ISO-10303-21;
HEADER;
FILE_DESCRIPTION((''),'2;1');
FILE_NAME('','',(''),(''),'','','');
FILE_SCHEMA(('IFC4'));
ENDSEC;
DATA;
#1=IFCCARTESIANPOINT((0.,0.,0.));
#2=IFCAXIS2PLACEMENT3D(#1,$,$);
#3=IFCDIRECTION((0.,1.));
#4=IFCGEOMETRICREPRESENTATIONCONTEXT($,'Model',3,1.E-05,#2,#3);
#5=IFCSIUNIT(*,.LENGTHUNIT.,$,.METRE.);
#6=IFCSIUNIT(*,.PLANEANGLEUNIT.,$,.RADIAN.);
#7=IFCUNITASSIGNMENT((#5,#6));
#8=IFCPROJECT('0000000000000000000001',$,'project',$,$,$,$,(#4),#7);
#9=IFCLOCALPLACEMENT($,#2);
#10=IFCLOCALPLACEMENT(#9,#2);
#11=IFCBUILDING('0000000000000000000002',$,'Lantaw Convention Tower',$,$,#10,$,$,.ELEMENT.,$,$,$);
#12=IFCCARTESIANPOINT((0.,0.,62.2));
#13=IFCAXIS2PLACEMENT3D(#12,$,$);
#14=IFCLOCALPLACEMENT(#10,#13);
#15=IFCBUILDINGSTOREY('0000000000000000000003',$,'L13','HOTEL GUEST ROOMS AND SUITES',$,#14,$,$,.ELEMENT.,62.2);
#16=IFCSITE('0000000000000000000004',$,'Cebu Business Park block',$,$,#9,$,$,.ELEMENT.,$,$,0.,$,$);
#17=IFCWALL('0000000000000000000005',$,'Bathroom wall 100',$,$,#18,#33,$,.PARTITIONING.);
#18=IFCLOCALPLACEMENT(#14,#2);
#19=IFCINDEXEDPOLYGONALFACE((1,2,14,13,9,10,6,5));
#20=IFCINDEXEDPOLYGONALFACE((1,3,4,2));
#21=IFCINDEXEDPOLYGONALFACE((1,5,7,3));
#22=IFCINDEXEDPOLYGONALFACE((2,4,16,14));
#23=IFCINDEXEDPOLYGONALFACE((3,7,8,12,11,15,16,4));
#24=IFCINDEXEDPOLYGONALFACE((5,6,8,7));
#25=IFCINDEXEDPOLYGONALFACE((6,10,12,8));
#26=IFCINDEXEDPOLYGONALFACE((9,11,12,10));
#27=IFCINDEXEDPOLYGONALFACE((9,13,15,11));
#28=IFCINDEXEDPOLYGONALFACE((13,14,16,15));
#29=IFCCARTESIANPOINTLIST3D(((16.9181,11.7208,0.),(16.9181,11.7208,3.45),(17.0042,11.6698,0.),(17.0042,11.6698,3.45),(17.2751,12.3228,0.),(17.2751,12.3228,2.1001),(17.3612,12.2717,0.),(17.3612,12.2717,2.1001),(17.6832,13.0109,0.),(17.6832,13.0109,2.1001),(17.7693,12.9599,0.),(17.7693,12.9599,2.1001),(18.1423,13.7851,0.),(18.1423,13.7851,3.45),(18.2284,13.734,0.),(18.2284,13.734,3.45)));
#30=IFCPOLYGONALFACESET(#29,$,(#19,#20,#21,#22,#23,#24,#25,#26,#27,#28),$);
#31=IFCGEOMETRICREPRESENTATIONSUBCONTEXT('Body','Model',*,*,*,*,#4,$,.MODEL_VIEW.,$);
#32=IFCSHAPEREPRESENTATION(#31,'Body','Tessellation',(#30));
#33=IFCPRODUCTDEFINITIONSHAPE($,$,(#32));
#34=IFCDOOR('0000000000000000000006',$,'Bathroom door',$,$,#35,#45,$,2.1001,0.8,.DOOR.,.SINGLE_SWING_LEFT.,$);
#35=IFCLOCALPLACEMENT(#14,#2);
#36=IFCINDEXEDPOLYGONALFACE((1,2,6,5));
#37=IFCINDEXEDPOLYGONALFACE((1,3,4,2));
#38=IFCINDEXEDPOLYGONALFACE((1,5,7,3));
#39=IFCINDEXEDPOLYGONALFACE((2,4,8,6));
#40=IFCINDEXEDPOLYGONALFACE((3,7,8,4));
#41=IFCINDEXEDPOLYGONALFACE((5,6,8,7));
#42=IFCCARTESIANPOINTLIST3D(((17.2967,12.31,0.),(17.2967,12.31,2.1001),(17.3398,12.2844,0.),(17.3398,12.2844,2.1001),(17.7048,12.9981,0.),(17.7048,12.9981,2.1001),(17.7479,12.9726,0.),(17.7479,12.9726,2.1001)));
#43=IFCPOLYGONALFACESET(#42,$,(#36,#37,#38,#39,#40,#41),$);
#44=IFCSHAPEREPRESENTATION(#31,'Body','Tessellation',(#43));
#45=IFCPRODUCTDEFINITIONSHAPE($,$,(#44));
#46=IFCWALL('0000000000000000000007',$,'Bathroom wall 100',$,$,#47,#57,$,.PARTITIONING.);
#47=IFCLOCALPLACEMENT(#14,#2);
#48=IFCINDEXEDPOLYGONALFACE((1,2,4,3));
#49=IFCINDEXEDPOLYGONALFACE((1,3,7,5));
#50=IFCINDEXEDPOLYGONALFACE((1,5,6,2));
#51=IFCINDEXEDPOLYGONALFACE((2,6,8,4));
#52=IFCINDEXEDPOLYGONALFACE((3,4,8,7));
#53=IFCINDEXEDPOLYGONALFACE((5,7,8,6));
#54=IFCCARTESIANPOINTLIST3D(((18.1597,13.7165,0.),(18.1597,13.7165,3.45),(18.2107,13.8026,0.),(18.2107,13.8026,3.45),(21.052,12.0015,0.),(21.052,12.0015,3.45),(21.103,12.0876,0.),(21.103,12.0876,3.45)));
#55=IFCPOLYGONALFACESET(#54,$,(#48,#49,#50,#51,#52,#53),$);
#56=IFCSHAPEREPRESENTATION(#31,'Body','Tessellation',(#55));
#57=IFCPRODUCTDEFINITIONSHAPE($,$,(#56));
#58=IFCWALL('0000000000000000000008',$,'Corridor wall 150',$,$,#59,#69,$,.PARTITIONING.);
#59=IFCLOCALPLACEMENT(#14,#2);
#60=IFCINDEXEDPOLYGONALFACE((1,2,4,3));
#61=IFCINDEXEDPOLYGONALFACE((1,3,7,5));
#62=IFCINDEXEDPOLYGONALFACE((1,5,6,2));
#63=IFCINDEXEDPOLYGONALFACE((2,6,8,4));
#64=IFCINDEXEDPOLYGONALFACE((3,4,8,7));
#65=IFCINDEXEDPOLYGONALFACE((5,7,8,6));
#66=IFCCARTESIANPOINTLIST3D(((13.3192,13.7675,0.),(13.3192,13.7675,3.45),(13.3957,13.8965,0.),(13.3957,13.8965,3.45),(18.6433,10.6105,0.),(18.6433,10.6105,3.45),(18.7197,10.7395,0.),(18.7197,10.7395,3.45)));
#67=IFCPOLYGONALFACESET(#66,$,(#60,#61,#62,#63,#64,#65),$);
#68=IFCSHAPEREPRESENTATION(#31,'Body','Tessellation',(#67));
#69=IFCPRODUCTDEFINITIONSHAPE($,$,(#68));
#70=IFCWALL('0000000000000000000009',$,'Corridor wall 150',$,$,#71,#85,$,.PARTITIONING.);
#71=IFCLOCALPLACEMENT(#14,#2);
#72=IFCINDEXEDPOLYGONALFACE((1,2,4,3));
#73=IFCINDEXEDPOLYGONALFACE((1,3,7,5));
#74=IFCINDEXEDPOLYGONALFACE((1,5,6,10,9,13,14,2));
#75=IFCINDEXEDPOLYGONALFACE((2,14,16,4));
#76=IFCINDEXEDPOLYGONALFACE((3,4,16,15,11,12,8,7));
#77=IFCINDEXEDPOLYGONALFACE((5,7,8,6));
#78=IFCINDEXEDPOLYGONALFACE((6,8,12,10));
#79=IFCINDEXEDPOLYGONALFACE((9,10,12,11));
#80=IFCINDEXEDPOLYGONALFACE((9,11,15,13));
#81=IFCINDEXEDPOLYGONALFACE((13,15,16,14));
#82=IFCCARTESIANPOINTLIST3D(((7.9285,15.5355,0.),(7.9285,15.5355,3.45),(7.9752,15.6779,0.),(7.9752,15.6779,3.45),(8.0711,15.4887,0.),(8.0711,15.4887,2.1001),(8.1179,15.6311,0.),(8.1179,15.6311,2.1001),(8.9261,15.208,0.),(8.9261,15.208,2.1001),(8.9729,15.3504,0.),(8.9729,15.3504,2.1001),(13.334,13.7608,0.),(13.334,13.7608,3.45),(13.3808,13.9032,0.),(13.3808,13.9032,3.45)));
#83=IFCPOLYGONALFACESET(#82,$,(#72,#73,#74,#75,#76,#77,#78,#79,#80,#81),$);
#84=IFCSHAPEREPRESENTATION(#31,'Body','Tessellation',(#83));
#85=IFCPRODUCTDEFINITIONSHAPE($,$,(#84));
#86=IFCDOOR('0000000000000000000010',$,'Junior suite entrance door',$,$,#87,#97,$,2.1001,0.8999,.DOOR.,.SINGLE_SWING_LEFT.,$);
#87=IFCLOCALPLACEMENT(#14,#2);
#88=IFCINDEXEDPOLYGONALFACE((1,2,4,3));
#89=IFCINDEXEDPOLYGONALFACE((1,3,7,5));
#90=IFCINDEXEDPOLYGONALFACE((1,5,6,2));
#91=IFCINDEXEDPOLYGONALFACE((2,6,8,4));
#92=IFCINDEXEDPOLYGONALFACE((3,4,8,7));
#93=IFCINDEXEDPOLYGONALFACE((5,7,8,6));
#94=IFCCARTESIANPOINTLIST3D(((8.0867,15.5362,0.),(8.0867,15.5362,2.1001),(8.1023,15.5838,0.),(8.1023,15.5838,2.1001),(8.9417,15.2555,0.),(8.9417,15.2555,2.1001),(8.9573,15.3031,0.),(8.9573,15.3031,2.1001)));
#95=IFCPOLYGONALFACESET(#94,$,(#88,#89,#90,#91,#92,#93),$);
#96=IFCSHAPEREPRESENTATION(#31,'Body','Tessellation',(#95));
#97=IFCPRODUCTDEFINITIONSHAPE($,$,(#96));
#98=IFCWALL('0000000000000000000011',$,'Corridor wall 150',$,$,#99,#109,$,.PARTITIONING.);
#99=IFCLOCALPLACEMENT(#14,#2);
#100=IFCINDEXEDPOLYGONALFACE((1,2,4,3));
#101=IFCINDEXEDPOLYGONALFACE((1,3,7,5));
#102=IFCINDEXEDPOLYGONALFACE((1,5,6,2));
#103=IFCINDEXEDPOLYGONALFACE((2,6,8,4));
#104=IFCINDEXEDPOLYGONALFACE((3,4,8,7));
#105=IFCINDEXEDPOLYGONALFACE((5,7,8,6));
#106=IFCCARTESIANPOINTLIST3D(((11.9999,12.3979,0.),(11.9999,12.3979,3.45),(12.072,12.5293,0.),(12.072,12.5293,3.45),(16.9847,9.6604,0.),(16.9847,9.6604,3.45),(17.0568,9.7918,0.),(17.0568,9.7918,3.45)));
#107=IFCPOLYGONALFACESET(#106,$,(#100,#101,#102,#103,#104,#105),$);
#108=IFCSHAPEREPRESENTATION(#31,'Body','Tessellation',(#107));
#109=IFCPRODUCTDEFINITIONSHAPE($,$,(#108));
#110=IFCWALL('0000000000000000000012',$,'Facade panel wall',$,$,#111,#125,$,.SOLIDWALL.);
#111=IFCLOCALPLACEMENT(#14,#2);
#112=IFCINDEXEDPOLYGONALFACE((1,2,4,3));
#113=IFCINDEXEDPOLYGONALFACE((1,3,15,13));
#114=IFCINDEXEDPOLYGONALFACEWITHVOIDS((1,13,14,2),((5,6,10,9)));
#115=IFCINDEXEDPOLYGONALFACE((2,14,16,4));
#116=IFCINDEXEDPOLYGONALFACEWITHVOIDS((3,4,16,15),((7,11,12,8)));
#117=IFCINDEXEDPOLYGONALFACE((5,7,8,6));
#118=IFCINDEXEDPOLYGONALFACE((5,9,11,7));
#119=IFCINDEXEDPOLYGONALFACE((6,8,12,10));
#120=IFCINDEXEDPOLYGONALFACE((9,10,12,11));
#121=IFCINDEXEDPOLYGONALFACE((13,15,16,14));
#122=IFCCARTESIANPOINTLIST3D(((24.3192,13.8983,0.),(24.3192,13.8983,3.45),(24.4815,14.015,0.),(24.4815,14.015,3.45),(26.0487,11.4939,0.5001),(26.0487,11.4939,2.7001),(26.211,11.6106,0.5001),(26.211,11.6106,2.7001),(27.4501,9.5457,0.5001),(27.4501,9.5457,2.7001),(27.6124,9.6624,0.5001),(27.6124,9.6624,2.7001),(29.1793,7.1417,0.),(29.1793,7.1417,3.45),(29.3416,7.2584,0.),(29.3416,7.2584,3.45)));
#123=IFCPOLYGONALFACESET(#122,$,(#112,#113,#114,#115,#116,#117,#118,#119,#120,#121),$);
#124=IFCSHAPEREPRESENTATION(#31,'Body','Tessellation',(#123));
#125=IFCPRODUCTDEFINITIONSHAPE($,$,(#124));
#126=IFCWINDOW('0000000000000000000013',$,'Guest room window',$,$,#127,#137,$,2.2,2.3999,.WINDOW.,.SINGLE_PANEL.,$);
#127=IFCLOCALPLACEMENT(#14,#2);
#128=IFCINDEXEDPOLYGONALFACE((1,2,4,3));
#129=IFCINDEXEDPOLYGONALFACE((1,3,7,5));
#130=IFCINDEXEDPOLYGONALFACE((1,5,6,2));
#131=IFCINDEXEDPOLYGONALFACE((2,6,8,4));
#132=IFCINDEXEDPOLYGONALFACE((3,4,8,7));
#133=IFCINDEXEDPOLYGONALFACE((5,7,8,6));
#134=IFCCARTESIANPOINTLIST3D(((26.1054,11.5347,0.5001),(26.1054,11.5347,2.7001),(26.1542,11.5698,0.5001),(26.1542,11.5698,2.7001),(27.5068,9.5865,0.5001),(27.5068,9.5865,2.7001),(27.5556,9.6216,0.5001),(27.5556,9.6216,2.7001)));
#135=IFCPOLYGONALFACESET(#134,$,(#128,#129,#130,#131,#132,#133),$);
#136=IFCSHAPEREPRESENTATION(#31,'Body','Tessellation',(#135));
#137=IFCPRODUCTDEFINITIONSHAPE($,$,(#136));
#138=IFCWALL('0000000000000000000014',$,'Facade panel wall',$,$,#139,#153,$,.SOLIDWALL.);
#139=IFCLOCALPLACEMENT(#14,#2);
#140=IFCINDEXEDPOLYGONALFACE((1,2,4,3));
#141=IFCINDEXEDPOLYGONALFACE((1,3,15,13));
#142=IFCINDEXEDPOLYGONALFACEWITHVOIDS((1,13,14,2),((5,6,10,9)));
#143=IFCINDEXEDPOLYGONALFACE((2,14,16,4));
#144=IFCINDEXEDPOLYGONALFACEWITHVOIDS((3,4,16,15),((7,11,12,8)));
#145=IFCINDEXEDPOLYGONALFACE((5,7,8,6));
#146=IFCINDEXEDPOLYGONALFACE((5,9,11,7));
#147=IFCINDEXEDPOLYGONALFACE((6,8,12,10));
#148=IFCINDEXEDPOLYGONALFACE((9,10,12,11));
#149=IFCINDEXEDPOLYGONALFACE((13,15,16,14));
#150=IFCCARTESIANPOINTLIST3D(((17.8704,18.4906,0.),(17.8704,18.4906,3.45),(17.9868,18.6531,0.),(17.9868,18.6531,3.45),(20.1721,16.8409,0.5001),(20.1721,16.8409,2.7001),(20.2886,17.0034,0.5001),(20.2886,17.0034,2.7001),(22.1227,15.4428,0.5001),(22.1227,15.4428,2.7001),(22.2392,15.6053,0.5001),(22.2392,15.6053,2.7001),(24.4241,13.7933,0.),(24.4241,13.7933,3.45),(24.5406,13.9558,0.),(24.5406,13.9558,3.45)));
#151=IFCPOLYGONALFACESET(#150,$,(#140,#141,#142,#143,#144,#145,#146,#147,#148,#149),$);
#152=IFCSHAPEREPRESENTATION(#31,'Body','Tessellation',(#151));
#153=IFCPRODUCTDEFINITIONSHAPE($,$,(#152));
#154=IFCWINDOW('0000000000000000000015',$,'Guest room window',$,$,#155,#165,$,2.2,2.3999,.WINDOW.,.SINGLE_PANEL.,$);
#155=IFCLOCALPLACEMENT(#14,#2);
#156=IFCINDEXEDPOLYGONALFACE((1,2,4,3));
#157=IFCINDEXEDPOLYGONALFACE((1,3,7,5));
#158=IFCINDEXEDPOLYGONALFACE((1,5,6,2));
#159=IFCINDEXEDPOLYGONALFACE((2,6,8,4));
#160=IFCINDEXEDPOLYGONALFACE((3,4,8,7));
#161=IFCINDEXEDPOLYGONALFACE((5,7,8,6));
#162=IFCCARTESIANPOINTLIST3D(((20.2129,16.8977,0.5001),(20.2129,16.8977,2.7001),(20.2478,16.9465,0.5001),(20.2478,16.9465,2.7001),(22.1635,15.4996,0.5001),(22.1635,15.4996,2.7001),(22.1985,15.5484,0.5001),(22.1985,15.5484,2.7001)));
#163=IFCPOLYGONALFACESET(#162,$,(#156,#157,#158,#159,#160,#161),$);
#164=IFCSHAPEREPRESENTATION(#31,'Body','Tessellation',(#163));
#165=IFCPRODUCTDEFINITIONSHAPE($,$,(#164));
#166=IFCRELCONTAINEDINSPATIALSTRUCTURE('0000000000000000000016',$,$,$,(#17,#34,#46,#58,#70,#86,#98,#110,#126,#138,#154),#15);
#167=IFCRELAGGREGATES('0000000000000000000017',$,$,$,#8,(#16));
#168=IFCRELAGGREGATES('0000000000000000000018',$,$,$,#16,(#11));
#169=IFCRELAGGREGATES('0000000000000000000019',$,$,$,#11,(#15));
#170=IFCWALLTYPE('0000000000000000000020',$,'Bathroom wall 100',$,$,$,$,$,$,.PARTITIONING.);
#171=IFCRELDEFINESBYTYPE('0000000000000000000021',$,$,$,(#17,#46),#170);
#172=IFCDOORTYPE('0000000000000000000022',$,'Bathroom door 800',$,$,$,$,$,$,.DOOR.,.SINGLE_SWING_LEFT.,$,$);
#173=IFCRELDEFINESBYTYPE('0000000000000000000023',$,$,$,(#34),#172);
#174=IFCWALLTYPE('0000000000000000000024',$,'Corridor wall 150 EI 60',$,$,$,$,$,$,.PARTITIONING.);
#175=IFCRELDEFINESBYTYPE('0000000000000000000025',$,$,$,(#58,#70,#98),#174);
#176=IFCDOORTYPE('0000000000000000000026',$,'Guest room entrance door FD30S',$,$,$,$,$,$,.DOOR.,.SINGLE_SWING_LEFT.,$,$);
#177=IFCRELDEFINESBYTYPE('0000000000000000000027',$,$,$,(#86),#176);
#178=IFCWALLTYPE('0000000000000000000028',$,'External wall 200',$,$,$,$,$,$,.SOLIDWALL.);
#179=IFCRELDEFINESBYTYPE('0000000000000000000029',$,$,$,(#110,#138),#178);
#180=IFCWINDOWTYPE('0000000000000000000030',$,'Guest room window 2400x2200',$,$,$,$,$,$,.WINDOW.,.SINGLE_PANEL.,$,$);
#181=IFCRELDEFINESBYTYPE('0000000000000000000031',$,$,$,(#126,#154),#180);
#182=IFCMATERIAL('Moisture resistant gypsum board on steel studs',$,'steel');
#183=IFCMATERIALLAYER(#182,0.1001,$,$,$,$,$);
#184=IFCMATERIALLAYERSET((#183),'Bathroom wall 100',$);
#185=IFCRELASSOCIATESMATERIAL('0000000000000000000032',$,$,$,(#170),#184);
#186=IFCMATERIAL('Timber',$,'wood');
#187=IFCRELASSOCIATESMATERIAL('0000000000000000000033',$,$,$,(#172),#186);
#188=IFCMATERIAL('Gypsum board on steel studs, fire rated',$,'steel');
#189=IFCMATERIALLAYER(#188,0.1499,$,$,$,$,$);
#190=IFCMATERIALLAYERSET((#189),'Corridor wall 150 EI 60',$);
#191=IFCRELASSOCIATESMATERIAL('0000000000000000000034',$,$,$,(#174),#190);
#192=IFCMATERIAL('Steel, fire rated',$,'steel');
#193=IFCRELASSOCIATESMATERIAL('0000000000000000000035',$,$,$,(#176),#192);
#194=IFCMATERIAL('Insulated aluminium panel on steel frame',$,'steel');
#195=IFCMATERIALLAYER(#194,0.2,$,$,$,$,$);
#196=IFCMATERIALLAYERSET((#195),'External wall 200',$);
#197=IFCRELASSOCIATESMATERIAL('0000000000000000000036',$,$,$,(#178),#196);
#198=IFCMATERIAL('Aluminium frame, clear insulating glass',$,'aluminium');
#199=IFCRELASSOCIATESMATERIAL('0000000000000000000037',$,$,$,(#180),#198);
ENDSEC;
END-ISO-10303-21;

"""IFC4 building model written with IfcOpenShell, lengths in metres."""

from ifc_helpers import new_model, si_unit, direction, frame, frame_2d, origin, place, context, subcontext, project, spatial, rectangle, extrude, material, layer, layer_set, type_object, element, fill, save


model = new_model("IFC4")

# Units and contexts
model_context = context("Model", 3, precision=1e-05, world=origin(), true_north=direction((0.0, 1.0)))
body_context = subcontext(model_context, "Body", "Model", "MODEL_VIEW")
ifc_project = project(units=[si_unit("LENGTHUNIT", "METRE"), si_unit("PLANEANGLEUNIT", "RADIAN")], contexts=[model_context])

# Site, building, storey
site_placement = place(None, origin())
site = spatial("IfcSite", under=ifc_project, at=site_placement, Name="Cebu Business Park block", CompositionType="ELEMENT", RefElevation=0.0)
building_placement = place(site_placement, origin())
building = spatial("IfcBuilding", under=site, at=building_placement, Name="Lantaw Convention Tower", CompositionType="ELEMENT")
storey_placement = place(building_placement, frame((0.0, 0.0, 62.2)))
storey = spatial("IfcBuildingStorey", under=building, at=storey_placement, Name="L13", Description="HOTEL GUEST ROOMS AND SUITES", CompositionType="ELEMENT", Elevation=62.2)

# Wall, opening, door
ifc_material_1 = material(Name="Moisture resistant gypsum board on steel studs", Category="steel")
ifc_layer_1 = layer(ifc_material_1, 0.1001)
ifc_layer_set_1 = layer_set([ifc_layer_1], Name="Bathroom wall 100")
wall_type_1 = type_object("IfcWallType", Name="Bathroom wall 100", PredefinedType="PARTITIONING", material=ifc_layer_set_1)
wall_1_placement = place(storey_placement, frame((16.9612, 11.6953, 0.0), z_axis=(0.0, 0.0, 1.0), x_axis=(0.510076, 0.86013, 0.0)))
wall_1 = element("IfcWall", 1, at=wall_1_placement, inside=storey, type_object=wall_type_1, Name="Bathroom wall 100", PredefinedType="PARTITIONING", context=body_context, shape_type="SweptSolid", body=[
    extrude(rectangle(XDim=2.3999, YDim=0.1001, at=frame_2d((1.2, 0.0))), origin(), (0.0, 0.0, 1.0), 3.45),
])
opening_1_placement = place(wall_1_placement, frame((0.7, 0.0, 0.0)))
opening_1 = element("IfcOpeningElement", 2, at=opening_1_placement, cuts=wall_1, PredefinedType="OPENING", context=body_context, shape_type="SweptSolid", body=[
    extrude(rectangle(XDim=0.8, YDim=2.1001, at=frame_2d((0.3999, 1.05))), frame((0.0, 0.0601, 0.0), z_axis=(0.0, -1.0, 0.0), x_axis=(1.0, 0.0, 0.0)), (0.0, 0.0, 1.0), 0.1201),
])
ifc_material_2 = material(Name="Timber", Category="wood")
door_type_1 = type_object("IfcDoorType", Name="Bathroom door 800", OperationType="SINGLE_SWING_LEFT", PredefinedType="DOOR", material=ifc_material_2)
door_1_placement = place(opening_1_placement, origin())
door_1 = element("IfcDoor", 3, at=door_1_placement, inside=storey, type_object=door_type_1, Name="Bathroom door", OperationType="SINGLE_SWING_LEFT", OverallHeight=2.1001, OverallWidth=0.8, PredefinedType="DOOR", context=body_context, shape_type="SweptSolid", body=[
    extrude(rectangle(XDim=0.8, YDim=2.1001, at=frame_2d((0.3999, 1.05))), frame((0.0, 0.0249, 0.0), z_axis=(0.0, -1.0, 0.0), x_axis=(1.0, 0.0, 0.0)), (0.0, 0.0, 1.0), 0.05),
])
fill(opening_1, door_1)

# Walls
wall_2_placement = place(storey_placement, frame((18.1853, 13.7595, 0.0), z_axis=(0.0, 0.0, 1.0), x_axis=(0.860146, -0.510047, 0.0)))
element("IfcWall", 4, at=wall_2_placement, inside=storey, type_object=wall_type_1, Name="Bathroom wall 100", PredefinedType="PARTITIONING", context=body_context, shape_type="SweptSolid", body=[
    extrude(rectangle(XDim=3.3625, YDim=0.1001, at=frame_2d((1.6812, 0.0))), origin(), (0.0, 0.0, 1.0), 3.45),
])
ifc_material_3 = material(Name="Gypsum board on steel studs, fire rated", Category="steel")
ifc_layer_2 = layer(ifc_material_3, 0.1499)
ifc_layer_set_2 = layer_set([ifc_layer_2], Name="Corridor wall 150 EI 60")
wall_type_2 = type_object("IfcWallType", Name="Corridor wall 150 EI 60", PredefinedType="PARTITIONING", material=ifc_layer_set_2)
wall_3_placement = place(storey_placement, frame((18.6814, 10.675, 0.0), z_axis=(0.0, 0.0, 1.0), x_axis=(-0.860147, 0.510046, 0.0)))
element("IfcWall", 5, at=wall_3_placement, inside=storey, type_object=wall_type_2, Name="Corridor wall 150", PredefinedType="PARTITIONING", context=body_context, shape_type="SweptSolid", body=[
    extrude(rectangle(XDim=6.1897, YDim=0.1499, at=frame_2d((3.0947, 0.0))), origin(), (0.0, 0.0, 1.0), 3.45),
])

# Wall, opening, door
wall_4_placement = place(storey_placement, frame((13.3574, 13.832, 0.0), z_axis=(0.0, 0.0, 1.0), x_axis=(-0.950107, 0.311925, 0.0)))
wall_4 = element("IfcWall", 6, at=wall_4_placement, inside=storey, type_object=wall_type_2, Name="Corridor wall 150", PredefinedType="PARTITIONING", context=body_context, shape_type="SweptSolid", body=[
    extrude(rectangle(XDim=5.6895, YDim=0.1499, at=frame_2d((2.8447, 0.0))), origin(), (0.0, 0.0, 1.0), 3.45),
])
opening_2_placement = place(wall_4_placement, frame((4.6394, 0.0, 0.0)))
opening_2 = element("IfcOpeningElement", 7, at=opening_2_placement, cuts=wall_4, PredefinedType="OPENING", context=body_context, shape_type="SweptSolid", body=[
    extrude(rectangle(XDim=0.8999, YDim=2.1001, at=frame_2d((0.45, 1.05))), frame((0.0, 0.085, 0.0), z_axis=(0.0, -1.0, 0.0), x_axis=(1.0, 0.0, 0.0)), (0.0, 0.0, 1.0), 0.1699),
])
ifc_material_4 = material(Name="Steel, fire rated", Category="steel")
door_type_2 = type_object("IfcDoorType", Name="Guest room entrance door FD30S", OperationType="SINGLE_SWING_LEFT", PredefinedType="DOOR", material=ifc_material_4)
door_2_placement = place(opening_2_placement, origin())
door_2 = element("IfcDoor", 8, at=door_2_placement, inside=storey, type_object=door_type_2, Name="Junior suite entrance door", OperationType="SINGLE_SWING_LEFT", OverallHeight=2.1001, OverallWidth=0.8999, PredefinedType="DOOR", context=body_context, shape_type="SweptSolid", body=[
    extrude(rectangle(XDim=0.8999, YDim=2.1001, at=frame_2d((0.45, 1.05))), frame((0.0, 0.0249, 0.0), z_axis=(0.0, -1.0, 0.0), x_axis=(1.0, 0.0, 0.0)), (0.0, 0.0, 1.0), 0.05),
])
fill(opening_2, door_2)

# Wall
wall_5_placement = place(storey_placement, frame((17.0208, 9.7261, 0.0), z_axis=(0.0, 0.0, 1.0), x_axis=(-0.876522, 0.481362, 0.0)))
element("IfcWall", 9, at=wall_5_placement, inside=storey, type_object=wall_type_2, Name="Corridor wall 150", PredefinedType="PARTITIONING", context=body_context, shape_type="SweptSolid", body=[
    extrude(rectangle(XDim=5.687, YDim=0.1499, at=frame_2d((2.8435, 0.0))), origin(), (0.0, 0.0, 1.0), 3.45),
])

# Walls, openings, windows
ifc_material_5 = material(Name="Insulated aluminium panel on steel frame", Category="steel")
ifc_layer_3 = layer(ifc_material_5, 0.2)
ifc_layer_set_3 = layer_set([ifc_layer_3], Name="External wall 200")
wall_type_3 = type_object("IfcWallType", Name="External wall 200", PredefinedType="SOLIDWALL", material=ifc_layer_set_3)
wall_6_placement = place(storey_placement, frame((29.2605, 7.2, 0.0), z_axis=(0.0, 0.0, 1.0), x_axis=(-0.583938, 0.811799, 0.0)))
wall_6 = element("IfcWall", 10, at=wall_6_placement, inside=storey, type_object=wall_type_3, Name="Facade panel wall", PredefinedType="SOLIDWALL", context=body_context, shape_type="SweptSolid", body=[
    extrude(rectangle(XDim=8.323, YDim=0.2, at=frame_2d((4.1616, 0.0))), origin(), (0.0, 0.0, 1.0), 3.45),
])
opening_3_placement = place(wall_6_placement, frame((2.9614, 0.0, 0.5)))
opening_3 = element("IfcOpeningElement", 11, at=opening_3_placement, cuts=wall_6, PredefinedType="OPENING", context=body_context, shape_type="SweptSolid", body=[
    extrude(rectangle(XDim=2.3999, YDim=2.2, at=frame_2d((1.2, 1.1001))), frame((0.0, 0.1099, 0.0), z_axis=(0.0, -1.0, 0.0), x_axis=(1.0, 0.0, 0.0)), (0.0, 0.0, 1.0), 0.22),
])
ifc_material_6 = material(Name="Aluminium frame, clear insulating glass", Category="aluminium")
window_type = type_object("IfcWindowType", Name="Guest room window 2400x2200", PartitioningType="SINGLE_PANEL", PredefinedType="WINDOW", material=ifc_material_6)
window_1_placement = place(opening_3_placement, origin())
window_1 = element("IfcWindow", 12, at=window_1_placement, inside=storey, type_object=window_type, Name="Guest room window", OverallHeight=2.2, OverallWidth=2.3999, PartitioningType="SINGLE_PANEL", PredefinedType="WINDOW", context=body_context, shape_type="SweptSolid", body=[
    extrude(rectangle(XDim=2.3999, YDim=2.2, at=frame_2d((1.2, 1.1001))), frame((0.0, 0.03, 0.0), z_axis=(0.0, -1.0, 0.0), x_axis=(1.0, 0.0, 0.0)), (0.0, 0.0, 1.0), 0.0601),
])
fill(opening_3, window_1)
wall_7_placement = place(storey_placement, frame((24.4824, 13.8745, 0.0), z_axis=(0.0, 0.0, 1.0), x_axis=(-0.812791, 0.582555, 0.0)))
wall_7 = element("IfcWall", 13, at=wall_7_placement, inside=storey, type_object=wall_type_3, Name="Facade panel wall", PredefinedType="SOLIDWALL", context=body_context, shape_type="SweptSolid", body=[
    extrude(rectangle(XDim=8.0632, YDim=0.2, at=frame_2d((4.0317, 0.0))), origin(), (0.0, 0.0, 1.0), 3.45),
])
opening_4_placement = place(wall_7_placement, frame((2.8315, 0.0, 0.5)))
opening_4 = element("IfcOpeningElement", 14, at=opening_4_placement, cuts=wall_7, PredefinedType="OPENING", context=body_context, shape_type="SweptSolid", body=[
    extrude(rectangle(XDim=2.3999, YDim=2.2, at=frame_2d((1.2, 1.1001))), frame((0.0, 0.1099, 0.0), z_axis=(0.0, -1.0, 0.0), x_axis=(1.0, 0.0, 0.0)), (0.0, 0.0, 1.0), 0.22),
])
window_2_placement = place(opening_4_placement, origin())
window_2 = element("IfcWindow", 15, at=window_2_placement, inside=storey, type_object=window_type, Name="Guest room window", OverallHeight=2.2, OverallWidth=2.3999, PartitioningType="SINGLE_PANEL", PredefinedType="WINDOW", context=body_context, shape_type="SweptSolid", body=[
    extrude(rectangle(XDim=2.3999, YDim=2.2, at=frame_2d((1.2, 1.1001))), frame((0.0, 0.03, 0.0), z_axis=(0.0, -1.0, 0.0), x_axis=(1.0, 0.0, 0.0)), (0.0, 0.0, 1.0), 0.0601),
])
fill(opening_4, window_2)

save(model, "model.ifc")
